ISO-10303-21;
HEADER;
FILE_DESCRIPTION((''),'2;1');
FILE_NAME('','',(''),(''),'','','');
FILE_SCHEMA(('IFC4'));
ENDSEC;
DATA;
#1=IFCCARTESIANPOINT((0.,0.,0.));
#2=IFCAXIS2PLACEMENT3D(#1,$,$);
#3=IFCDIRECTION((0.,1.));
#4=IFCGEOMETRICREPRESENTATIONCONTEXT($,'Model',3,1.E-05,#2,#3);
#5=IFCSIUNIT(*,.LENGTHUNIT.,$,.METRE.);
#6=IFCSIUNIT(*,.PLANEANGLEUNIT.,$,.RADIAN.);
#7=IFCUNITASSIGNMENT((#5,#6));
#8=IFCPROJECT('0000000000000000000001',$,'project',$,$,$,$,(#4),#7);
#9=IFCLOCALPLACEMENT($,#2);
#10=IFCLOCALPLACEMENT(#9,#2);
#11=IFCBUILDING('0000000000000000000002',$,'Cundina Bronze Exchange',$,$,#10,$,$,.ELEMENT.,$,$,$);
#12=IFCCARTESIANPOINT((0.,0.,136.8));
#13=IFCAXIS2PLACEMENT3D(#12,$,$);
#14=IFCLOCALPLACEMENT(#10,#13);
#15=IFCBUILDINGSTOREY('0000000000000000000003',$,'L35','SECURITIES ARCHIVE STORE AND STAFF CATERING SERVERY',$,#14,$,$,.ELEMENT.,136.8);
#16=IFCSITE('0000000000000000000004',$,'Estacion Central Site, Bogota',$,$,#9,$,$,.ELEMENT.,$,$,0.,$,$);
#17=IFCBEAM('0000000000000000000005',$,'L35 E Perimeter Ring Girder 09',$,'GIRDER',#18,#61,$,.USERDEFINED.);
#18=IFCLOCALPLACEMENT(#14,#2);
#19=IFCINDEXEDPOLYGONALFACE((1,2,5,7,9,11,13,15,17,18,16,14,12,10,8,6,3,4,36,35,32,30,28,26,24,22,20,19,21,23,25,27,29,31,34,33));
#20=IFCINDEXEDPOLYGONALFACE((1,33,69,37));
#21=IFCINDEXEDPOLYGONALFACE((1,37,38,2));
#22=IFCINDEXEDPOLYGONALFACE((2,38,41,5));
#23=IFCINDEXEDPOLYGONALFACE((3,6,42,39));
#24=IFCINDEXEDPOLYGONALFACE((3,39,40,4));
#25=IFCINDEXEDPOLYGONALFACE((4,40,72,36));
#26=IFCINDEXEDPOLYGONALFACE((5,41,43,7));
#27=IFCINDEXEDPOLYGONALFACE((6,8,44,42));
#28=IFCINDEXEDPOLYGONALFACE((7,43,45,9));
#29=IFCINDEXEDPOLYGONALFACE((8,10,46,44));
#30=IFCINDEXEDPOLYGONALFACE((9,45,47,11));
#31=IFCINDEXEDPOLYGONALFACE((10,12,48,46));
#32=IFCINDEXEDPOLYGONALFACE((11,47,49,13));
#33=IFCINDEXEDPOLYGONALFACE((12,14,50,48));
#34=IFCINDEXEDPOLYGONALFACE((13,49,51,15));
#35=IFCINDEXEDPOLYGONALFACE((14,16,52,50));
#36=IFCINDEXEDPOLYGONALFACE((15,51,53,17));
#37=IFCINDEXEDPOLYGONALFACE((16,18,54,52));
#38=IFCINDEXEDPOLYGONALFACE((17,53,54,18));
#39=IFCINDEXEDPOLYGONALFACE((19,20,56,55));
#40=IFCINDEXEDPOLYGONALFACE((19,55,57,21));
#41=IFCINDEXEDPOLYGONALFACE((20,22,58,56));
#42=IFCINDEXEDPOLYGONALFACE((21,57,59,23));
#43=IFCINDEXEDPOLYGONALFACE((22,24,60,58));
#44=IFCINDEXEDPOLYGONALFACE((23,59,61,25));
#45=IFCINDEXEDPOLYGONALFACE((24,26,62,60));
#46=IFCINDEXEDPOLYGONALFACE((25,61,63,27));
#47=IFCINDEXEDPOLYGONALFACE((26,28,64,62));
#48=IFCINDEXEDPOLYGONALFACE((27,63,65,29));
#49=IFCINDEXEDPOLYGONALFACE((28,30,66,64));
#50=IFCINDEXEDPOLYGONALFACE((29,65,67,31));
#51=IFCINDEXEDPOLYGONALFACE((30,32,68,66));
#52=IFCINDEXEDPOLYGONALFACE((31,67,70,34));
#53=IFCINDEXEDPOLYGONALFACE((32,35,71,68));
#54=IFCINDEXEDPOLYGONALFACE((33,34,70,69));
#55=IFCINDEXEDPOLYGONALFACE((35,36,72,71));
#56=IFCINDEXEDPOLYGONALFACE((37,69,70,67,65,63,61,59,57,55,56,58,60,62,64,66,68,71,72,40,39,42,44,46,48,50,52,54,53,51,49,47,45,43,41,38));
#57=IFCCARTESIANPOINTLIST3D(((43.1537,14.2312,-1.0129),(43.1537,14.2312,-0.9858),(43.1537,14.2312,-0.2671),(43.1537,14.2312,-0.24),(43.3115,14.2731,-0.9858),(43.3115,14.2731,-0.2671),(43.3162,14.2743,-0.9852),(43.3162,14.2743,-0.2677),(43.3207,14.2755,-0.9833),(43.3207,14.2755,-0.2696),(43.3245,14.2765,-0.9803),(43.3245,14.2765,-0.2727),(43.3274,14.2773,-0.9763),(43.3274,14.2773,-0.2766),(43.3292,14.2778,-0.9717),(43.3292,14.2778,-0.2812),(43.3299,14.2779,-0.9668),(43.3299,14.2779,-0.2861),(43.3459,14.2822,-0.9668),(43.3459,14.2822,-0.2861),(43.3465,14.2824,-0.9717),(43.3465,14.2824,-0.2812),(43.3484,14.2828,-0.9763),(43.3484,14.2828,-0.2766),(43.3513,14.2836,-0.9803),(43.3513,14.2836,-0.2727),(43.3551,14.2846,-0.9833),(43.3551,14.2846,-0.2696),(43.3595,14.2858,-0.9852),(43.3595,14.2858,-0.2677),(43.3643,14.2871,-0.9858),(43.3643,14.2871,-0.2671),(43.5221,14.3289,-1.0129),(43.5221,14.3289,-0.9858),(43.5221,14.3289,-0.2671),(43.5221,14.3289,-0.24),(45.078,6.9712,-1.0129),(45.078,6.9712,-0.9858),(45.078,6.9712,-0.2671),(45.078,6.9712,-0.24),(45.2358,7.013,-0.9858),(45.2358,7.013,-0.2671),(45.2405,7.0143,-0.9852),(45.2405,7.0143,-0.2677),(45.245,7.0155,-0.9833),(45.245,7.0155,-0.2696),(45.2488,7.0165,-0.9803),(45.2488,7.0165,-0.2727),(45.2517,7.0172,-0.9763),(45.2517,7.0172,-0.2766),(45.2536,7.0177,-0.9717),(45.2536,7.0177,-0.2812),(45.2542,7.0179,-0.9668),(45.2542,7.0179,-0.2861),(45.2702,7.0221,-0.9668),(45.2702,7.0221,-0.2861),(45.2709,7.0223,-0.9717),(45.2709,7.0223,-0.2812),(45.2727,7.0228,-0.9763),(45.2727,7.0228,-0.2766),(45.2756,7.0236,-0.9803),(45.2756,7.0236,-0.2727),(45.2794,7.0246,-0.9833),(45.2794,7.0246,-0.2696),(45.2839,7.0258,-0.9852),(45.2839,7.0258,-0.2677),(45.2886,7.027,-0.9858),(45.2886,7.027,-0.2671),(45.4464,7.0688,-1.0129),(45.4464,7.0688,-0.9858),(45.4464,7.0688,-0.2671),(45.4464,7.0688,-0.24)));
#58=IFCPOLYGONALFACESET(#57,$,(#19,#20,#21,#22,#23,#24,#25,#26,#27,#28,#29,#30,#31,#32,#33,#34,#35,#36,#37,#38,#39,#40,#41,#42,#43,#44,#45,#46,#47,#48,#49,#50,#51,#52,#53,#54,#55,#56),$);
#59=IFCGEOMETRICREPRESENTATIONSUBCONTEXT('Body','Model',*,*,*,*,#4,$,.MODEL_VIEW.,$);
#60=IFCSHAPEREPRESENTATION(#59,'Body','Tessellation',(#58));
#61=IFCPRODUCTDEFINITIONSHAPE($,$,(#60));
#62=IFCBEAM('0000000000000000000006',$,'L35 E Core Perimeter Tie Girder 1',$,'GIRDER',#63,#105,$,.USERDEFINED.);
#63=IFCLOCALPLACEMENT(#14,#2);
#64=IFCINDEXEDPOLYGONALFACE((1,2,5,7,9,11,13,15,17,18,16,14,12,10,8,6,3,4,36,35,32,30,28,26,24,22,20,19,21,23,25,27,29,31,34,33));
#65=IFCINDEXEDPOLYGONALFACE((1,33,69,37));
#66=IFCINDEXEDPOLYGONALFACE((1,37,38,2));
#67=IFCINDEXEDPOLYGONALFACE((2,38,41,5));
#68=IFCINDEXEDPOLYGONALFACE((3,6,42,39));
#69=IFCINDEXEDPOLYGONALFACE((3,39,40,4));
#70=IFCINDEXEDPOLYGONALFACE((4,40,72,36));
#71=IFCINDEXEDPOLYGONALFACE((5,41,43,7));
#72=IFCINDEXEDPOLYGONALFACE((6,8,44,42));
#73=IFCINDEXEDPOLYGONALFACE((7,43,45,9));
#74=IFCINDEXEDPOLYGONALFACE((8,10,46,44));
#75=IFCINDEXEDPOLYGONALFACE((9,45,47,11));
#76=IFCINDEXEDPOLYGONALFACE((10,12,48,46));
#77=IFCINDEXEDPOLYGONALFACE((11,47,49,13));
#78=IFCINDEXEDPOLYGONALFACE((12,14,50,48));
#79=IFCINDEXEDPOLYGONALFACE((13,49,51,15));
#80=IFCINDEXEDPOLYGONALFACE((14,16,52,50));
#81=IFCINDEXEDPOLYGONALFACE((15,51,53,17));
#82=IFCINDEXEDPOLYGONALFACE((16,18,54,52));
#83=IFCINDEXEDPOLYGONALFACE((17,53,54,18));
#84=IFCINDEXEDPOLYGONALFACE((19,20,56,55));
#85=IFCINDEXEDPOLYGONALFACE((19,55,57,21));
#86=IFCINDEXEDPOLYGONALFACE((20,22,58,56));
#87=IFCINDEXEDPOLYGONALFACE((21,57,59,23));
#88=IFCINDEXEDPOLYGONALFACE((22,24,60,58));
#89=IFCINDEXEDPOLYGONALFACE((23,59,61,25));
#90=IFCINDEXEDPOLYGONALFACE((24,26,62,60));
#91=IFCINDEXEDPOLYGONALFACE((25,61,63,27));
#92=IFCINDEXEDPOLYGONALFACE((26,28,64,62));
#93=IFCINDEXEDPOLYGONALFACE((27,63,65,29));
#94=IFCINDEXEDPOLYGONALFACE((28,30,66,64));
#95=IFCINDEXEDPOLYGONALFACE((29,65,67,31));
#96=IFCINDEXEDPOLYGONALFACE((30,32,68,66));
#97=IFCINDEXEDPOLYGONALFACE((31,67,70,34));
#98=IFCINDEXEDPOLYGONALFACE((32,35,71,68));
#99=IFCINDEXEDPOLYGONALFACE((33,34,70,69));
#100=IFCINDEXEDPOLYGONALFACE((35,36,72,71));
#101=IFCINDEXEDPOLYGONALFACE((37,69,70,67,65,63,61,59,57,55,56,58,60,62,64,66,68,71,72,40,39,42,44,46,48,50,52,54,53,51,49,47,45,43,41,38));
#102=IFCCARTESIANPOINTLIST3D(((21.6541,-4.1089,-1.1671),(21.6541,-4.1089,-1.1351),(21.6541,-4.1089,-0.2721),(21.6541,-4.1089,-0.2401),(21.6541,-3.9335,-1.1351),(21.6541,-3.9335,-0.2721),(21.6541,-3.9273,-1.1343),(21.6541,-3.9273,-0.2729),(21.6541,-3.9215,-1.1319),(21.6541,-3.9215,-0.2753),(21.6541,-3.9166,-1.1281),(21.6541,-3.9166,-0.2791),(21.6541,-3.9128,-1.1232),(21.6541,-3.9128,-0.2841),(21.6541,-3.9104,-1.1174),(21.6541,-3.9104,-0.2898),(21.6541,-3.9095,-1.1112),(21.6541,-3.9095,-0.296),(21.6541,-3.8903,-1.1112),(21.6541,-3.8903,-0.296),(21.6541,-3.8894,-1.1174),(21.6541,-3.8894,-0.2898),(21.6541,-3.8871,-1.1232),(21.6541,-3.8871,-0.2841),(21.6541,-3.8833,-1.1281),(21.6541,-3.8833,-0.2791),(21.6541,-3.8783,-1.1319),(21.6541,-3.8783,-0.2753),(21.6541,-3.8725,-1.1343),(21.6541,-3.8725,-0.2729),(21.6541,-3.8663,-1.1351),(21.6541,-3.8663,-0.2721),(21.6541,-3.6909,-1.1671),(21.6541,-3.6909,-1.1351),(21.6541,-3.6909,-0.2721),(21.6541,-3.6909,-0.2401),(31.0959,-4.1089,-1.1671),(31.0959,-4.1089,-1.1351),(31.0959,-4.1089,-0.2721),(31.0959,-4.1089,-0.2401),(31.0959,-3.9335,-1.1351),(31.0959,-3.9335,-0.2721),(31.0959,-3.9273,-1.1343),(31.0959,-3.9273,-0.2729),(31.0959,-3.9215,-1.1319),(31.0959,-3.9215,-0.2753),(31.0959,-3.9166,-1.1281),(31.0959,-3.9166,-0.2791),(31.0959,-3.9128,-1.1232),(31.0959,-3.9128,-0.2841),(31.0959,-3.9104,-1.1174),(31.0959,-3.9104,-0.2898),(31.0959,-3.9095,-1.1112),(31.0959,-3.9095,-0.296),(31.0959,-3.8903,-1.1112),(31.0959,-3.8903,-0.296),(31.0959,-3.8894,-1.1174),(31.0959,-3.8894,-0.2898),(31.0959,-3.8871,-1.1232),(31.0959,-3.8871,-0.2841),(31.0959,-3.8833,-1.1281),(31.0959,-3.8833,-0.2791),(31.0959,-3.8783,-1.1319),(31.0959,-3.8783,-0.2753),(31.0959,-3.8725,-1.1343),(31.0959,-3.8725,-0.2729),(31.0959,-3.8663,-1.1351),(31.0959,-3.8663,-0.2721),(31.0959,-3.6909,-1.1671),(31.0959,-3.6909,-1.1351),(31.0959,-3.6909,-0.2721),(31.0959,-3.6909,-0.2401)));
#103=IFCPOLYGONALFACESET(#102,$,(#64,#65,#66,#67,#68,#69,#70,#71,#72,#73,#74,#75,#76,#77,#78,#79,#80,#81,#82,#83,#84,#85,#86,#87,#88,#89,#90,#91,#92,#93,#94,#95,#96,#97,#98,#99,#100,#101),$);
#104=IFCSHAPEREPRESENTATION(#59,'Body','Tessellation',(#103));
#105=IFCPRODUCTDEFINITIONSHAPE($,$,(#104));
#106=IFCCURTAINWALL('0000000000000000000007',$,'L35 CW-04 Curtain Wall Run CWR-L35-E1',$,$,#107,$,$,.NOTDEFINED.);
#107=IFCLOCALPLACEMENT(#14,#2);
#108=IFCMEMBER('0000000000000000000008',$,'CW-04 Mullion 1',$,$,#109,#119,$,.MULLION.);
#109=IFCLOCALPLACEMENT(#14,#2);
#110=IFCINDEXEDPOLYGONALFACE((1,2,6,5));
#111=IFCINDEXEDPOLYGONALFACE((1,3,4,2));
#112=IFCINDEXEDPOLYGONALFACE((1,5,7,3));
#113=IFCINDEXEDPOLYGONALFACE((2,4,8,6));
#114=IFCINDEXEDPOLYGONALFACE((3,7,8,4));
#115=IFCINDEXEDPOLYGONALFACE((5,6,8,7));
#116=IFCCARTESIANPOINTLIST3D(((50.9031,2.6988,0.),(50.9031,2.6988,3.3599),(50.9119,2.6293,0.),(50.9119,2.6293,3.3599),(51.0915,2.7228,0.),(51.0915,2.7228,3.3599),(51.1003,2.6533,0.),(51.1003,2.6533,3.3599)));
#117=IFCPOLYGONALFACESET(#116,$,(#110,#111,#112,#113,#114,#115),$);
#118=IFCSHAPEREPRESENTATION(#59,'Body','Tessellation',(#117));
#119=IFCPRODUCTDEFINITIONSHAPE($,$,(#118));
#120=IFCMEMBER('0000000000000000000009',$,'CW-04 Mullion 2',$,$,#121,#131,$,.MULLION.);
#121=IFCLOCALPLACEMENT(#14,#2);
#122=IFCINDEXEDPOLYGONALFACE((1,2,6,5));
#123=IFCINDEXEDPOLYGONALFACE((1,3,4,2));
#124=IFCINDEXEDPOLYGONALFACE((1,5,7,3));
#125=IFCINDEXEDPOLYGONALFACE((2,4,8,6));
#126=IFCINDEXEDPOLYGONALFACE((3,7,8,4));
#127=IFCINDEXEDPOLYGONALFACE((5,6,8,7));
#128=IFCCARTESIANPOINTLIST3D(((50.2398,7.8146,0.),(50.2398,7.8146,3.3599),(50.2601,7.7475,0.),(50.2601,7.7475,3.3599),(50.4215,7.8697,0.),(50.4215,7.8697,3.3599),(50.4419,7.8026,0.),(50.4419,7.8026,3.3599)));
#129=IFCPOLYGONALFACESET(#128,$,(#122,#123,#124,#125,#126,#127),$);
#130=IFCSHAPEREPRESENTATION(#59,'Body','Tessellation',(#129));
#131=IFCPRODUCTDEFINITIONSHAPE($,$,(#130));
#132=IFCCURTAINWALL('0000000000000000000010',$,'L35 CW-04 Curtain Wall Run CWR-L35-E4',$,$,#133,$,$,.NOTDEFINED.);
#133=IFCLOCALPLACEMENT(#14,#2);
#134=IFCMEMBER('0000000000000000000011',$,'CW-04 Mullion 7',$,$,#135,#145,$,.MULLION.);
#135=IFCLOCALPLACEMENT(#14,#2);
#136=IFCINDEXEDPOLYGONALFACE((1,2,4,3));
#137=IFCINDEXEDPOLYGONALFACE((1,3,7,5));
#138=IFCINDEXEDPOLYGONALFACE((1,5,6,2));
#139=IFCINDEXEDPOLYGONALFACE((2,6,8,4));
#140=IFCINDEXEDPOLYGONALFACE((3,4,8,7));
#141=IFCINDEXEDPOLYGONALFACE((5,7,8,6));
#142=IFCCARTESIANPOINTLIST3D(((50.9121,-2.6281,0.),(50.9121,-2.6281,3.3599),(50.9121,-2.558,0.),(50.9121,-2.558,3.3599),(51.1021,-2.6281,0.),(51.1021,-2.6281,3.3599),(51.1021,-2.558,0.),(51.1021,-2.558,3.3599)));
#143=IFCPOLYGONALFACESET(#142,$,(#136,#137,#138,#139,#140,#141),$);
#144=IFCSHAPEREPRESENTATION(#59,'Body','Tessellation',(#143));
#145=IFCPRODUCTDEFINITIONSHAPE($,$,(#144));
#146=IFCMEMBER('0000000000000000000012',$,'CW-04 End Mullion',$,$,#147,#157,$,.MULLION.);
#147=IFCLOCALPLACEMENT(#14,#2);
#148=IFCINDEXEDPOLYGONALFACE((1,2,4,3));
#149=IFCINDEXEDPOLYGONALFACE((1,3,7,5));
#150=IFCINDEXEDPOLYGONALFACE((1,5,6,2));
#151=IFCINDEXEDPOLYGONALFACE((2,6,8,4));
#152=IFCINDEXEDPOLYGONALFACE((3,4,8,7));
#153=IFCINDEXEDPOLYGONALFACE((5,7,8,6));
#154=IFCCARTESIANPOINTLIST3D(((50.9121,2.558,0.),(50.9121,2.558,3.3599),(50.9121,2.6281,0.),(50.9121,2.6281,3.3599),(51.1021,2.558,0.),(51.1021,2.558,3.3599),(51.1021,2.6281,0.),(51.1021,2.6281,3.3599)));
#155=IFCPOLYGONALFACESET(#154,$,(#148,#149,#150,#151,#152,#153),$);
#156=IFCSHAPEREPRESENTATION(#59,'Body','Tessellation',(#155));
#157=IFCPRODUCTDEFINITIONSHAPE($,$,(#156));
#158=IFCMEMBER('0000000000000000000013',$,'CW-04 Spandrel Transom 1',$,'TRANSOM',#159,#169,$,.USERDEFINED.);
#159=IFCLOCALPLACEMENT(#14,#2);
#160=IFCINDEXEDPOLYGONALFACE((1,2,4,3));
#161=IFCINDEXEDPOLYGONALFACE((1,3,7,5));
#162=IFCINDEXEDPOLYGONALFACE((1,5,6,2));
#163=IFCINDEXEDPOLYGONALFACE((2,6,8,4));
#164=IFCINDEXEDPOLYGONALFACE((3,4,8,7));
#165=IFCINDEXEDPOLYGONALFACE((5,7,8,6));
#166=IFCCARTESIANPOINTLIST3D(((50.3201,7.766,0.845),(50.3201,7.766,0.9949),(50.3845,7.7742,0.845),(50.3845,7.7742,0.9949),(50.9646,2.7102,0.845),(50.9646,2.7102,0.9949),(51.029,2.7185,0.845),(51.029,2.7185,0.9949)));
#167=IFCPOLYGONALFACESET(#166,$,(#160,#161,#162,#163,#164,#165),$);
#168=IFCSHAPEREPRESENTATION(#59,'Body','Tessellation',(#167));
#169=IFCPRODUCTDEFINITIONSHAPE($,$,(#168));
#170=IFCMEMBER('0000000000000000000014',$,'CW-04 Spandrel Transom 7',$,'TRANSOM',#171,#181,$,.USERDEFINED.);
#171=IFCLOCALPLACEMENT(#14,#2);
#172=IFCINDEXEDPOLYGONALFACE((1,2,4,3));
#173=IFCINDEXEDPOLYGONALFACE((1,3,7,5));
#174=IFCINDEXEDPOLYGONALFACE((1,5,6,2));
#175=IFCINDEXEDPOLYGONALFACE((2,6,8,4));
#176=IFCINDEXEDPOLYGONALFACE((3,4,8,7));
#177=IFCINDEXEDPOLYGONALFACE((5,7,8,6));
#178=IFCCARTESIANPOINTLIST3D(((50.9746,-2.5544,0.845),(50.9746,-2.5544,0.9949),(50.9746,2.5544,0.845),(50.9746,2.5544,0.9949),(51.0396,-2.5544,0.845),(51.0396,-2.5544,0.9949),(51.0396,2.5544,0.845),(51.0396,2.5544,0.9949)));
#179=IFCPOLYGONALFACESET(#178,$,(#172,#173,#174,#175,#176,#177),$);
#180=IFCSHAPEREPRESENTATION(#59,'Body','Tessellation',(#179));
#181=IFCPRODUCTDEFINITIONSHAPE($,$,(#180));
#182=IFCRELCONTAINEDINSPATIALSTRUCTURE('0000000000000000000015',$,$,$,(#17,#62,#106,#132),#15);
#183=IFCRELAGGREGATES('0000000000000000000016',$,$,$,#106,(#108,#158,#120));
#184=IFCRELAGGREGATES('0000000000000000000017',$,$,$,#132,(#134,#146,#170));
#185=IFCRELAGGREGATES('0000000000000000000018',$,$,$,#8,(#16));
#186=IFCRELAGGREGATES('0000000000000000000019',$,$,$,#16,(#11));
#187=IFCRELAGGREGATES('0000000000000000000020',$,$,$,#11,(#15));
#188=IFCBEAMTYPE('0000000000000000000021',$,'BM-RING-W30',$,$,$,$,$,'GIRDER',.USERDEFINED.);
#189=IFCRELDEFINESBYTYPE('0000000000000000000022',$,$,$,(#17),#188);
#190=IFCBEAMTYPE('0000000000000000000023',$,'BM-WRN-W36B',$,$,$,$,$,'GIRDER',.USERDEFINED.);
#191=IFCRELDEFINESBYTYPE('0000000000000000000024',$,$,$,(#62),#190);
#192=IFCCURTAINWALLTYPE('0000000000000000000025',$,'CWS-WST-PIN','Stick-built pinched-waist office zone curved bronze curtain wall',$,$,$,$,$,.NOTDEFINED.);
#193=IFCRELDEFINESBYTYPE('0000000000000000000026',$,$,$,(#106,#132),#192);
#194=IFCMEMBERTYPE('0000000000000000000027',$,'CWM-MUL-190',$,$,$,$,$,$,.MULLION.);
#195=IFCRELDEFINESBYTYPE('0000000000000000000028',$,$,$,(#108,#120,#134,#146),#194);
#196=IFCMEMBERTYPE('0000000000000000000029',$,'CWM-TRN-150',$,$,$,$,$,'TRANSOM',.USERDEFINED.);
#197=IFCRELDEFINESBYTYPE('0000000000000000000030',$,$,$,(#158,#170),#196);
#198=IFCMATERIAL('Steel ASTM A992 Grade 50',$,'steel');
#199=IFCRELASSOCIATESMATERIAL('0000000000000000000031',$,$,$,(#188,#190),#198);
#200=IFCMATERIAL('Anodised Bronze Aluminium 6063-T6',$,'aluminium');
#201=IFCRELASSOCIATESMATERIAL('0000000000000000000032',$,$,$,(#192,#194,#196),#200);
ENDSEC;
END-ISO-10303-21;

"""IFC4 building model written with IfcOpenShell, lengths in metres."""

from ifc_helpers import new_model, si_unit, direction, frame, origin, origin_2d, place, context, subcontext, project, spatial, rectangle, i_section, extrude, material, material_profile, profile_set, type_object, element, aggregate, save


model = new_model("IFC4")

# Units and contexts
model_context = context("Model", 3, precision=1e-05, world=origin(), true_north=direction((0.0, 1.0)))
body_context = subcontext(model_context, "Body", "Model", "MODEL_VIEW")
ifc_project = project(units=[si_unit("LENGTHUNIT", "METRE"), si_unit("PLANEANGLEUNIT", "RADIAN")], contexts=[model_context])

# Site, building, storey
site_placement = place(None, origin())
site = spatial("IfcSite", under=ifc_project, at=site_placement, Name="Estacion Central Site, Bogota", CompositionType="ELEMENT", RefElevation=0.0)
building_placement = place(site_placement, origin())
building = spatial("IfcBuilding", under=site, at=building_placement, Name="Cundina Bronze Exchange", CompositionType="ELEMENT")
storey_placement = place(building_placement, frame((0.0, 0.0, 136.8)))
storey = spatial("IfcBuildingStorey", under=building, at=storey_placement, Name="L35", Description="SECURITIES ARCHIVE STORE AND STAFF CATERING SERVERY", CompositionType="ELEMENT", Elevation=136.8)

# Shared definitions
ifc_material_1 = material(Name="Steel ASTM A992 Grade 50", Category="steel")

# Beams
ifc_material_profile_1 = material_profile(ifc_material_1, i_section(OverallWidth=0.3811, OverallDepth=0.7729, WebThickness=0.0166, FlangeThickness=0.0271, FilletRadius=0.019, at=origin_2d()), Name="W30X173", Category="steel")
ifc_profile_set_1 = profile_set([ifc_material_profile_1], Name="Steel ASTM A992 Grade 50")
beam_type_1 = type_object("IfcBeamType", Name="BM-RING-W30", ElementType="GIRDER", PredefinedType="USERDEFINED", material=ifc_profile_set_1)
for number, where, z_axis, x_axis, name in (
    (1, (45.2622, 7.02, -0.6265), (-0.25621, 0.966621, 0.0), (-0.966621, -0.25621, 0.0), "L35 E Perimeter Ring Girder 09"),
):
    element("IfcBeam", number, at=place(storey_placement, frame(where, z_axis=z_axis, x_axis=x_axis)), inside=storey, type_object=beam_type_1, Name=name, ObjectType="GIRDER", PredefinedType="USERDEFINED", context=body_context, shape_type="SweptSolid", body=[
        extrude(i_section(OverallWidth=0.3811, OverallDepth=0.7729, WebThickness=0.0166, FlangeThickness=0.0271, FilletRadius=0.019, at=origin_2d()), origin(), (0.0, 0.0, 1.0), 7.5107),
    ])
ifc_material_profile_2 = material_profile(ifc_material_1, i_section(OverallWidth=0.418, OverallDepth=0.927, WebThickness=0.0193, FlangeThickness=0.032, FilletRadius=0.0239, at=origin_2d()), Name="W36X231", Category="steel")
ifc_profile_set_2 = profile_set([ifc_material_profile_2], Name="Steel ASTM A992 Grade 50")
beam_type_2 = type_object("IfcBeamType", Name="BM-WRN-W36B", ElementType="GIRDER", PredefinedType="USERDEFINED", material=ifc_profile_set_2)
beam_1_placement = place(storey_placement, frame((31.0959, -3.8999, -0.7036), z_axis=(-1.0, 0.0, 0.0), x_axis=(0.0, -1.0, 0.0)))
element("IfcBeam", 2, at=beam_1_placement, inside=storey, type_object=beam_type_2, Name="L35 E Core Perimeter Tie Girder 1", ObjectType="GIRDER", PredefinedType="USERDEFINED", context=body_context, shape_type="SweptSolid", body=[
    extrude(i_section(OverallWidth=0.418, OverallDepth=0.927, WebThickness=0.0193, FlangeThickness=0.032, FilletRadius=0.0239, at=origin_2d()), origin(), (0.0, 0.0, 1.0), 9.4419),
])

# Curtain walls, members
ifc_material_2 = material(Name="Anodised Bronze Aluminium 6063-T6", Category="aluminium")
curtain_wall_type = type_object("IfcCurtainWallType", Name="CWS-WST-PIN", Description="Stick-built pinched-waist office zone curved bronze curtain wall", PredefinedType="NOTDEFINED", material=ifc_material_2)
curtain_wall_1_placement = place(storey_placement, origin())
curtain_wall_1 = element("IfcCurtainWall", 3, at=curtain_wall_1_placement, inside=storey, type_object=curtain_wall_type, Name="L35 CW-04 Curtain Wall Run CWR-L35-E1", PredefinedType="NOTDEFINED")
ifc_material_profile_3 = material_profile(ifc_material_2, rectangle(XDim=0.0701, YDim=0.1899, at=origin_2d()), Name="AL70X190", Category="aluminium")
ifc_profile_set_3 = profile_set([ifc_material_profile_3], Name="Anodised Bronze Aluminium 6063-T6")
member_type_1 = type_object("IfcMemberType", Name="CWM-MUL-190", PredefinedType="MULLION", material=ifc_profile_set_3)
member_1_placement = place(storey_placement, frame((51.0017, 2.676, 0.0), z_axis=(0.0, 0.0, 1.0), x_axis=(-0.126545, 0.991961, 0.0)))
member_1 = element("IfcMember", 4, at=member_1_placement, type_object=member_type_1, Name="CW-04 Mullion 1", PredefinedType="MULLION", context=body_context, shape_type="SweptSolid", body=[
    extrude(rectangle(XDim=0.0701, YDim=0.1899, at=origin_2d()), origin(), (0.0, 0.0, 1.0), 3.3599),
])
member_2_placement = place(storey_placement, frame((50.3408, 7.8086, 0.0), z_axis=(0.0, 0.0, 1.0), x_axis=(-0.290034, 0.957016, 0.0)))
member_2 = element("IfcMember", 5, at=member_2_placement, type_object=member_type_1, Name="CW-04 Mullion 2", PredefinedType="MULLION", context=body_context, shape_type="SweptSolid", body=[
    extrude(rectangle(XDim=0.0701, YDim=0.1899, at=origin_2d()), origin(), (0.0, 0.0, 1.0), 3.3599),
])
curtain_wall_2_placement = place(storey_placement, origin())
curtain_wall_2 = element("IfcCurtainWall", 6, at=curtain_wall_2_placement, inside=storey, type_object=curtain_wall_type, Name="L35 CW-04 Curtain Wall Run CWR-L35-E4", PredefinedType="NOTDEFINED")
member_3_placement = place(storey_placement, frame((51.0071, -2.593, 0.0), z_axis=(0.0, 0.0, 1.0), x_axis=(0.0, 1.0, 0.0)))
member_3 = element("IfcMember", 7, at=member_3_placement, type_object=member_type_1, Name="CW-04 Mullion 7", PredefinedType="MULLION", context=body_context, shape_type="SweptSolid", body=[
    extrude(rectangle(XDim=0.0701, YDim=0.1899, at=origin_2d()), origin(), (0.0, 0.0, 1.0), 3.3599),
])
member_4_placement = place(storey_placement, frame((51.0071, 2.593, 0.0), z_axis=(0.0, 0.0, 1.0), x_axis=(0.0, 1.0, 0.0)))
member_4 = element("IfcMember", 8, at=member_4_placement, type_object=member_type_1, Name="CW-04 End Mullion", PredefinedType="MULLION", context=body_context, shape_type="SweptSolid", body=[
    extrude(rectangle(XDim=0.0701, YDim=0.1899, at=origin_2d()), origin(), (0.0, 0.0, 1.0), 3.3599),
])

# Members
ifc_material_profile_4 = material_profile(ifc_material_2, rectangle(XDim=0.0649, YDim=0.1499, at=origin_2d()), Name="AL65X150", Category="aluminium")
ifc_profile_set_4 = profile_set([ifc_material_profile_4], Name="Anodised Bronze Aluminium 6063-T6")
member_type_2 = type_object("IfcMemberType", Name="CWM-TRN-150", ElementType="TRANSOM", PredefinedType="USERDEFINED", material=ifc_profile_set_4)
member_5_placement = place(storey_placement, frame((50.9968, 2.7144, 0.9199), z_axis=(-0.126463, 0.991971, 0.0), x_axis=(-0.991971, -0.126463, 0.0)))
member_5 = element("IfcMember", 9, at=member_5_placement, type_object=member_type_2, Name="CW-04 Spandrel Transom 1", ObjectType="TRANSOM", PredefinedType="USERDEFINED", context=body_context, shape_type="SweptSolid", body=[
    extrude(rectangle(XDim=0.0649, YDim=0.1499, at=origin_2d()), origin(), (0.0, 0.0, 1.0), 5.0967),
])
member_6_placement = place(storey_placement, frame((51.0071, -2.5544, 0.9199), z_axis=(0.0, 1.0, 0.0), x_axis=(-1.0, 0.0, 0.0)))
member_6 = element("IfcMember", 10, at=member_6_placement, type_object=member_type_2, Name="CW-04 Spandrel Transom 7", ObjectType="TRANSOM", PredefinedType="USERDEFINED", context=body_context, shape_type="SweptSolid", body=[
    extrude(rectangle(XDim=0.0649, YDim=0.1499, at=origin_2d()), origin(), (0.0, 0.0, 1.0), 5.1089),
])

aggregate(curtain_wall_1, [member_1, member_5, member_2])
aggregate(curtain_wall_2, [member_3, member_4, member_6])

save(model, "model.ifc")
